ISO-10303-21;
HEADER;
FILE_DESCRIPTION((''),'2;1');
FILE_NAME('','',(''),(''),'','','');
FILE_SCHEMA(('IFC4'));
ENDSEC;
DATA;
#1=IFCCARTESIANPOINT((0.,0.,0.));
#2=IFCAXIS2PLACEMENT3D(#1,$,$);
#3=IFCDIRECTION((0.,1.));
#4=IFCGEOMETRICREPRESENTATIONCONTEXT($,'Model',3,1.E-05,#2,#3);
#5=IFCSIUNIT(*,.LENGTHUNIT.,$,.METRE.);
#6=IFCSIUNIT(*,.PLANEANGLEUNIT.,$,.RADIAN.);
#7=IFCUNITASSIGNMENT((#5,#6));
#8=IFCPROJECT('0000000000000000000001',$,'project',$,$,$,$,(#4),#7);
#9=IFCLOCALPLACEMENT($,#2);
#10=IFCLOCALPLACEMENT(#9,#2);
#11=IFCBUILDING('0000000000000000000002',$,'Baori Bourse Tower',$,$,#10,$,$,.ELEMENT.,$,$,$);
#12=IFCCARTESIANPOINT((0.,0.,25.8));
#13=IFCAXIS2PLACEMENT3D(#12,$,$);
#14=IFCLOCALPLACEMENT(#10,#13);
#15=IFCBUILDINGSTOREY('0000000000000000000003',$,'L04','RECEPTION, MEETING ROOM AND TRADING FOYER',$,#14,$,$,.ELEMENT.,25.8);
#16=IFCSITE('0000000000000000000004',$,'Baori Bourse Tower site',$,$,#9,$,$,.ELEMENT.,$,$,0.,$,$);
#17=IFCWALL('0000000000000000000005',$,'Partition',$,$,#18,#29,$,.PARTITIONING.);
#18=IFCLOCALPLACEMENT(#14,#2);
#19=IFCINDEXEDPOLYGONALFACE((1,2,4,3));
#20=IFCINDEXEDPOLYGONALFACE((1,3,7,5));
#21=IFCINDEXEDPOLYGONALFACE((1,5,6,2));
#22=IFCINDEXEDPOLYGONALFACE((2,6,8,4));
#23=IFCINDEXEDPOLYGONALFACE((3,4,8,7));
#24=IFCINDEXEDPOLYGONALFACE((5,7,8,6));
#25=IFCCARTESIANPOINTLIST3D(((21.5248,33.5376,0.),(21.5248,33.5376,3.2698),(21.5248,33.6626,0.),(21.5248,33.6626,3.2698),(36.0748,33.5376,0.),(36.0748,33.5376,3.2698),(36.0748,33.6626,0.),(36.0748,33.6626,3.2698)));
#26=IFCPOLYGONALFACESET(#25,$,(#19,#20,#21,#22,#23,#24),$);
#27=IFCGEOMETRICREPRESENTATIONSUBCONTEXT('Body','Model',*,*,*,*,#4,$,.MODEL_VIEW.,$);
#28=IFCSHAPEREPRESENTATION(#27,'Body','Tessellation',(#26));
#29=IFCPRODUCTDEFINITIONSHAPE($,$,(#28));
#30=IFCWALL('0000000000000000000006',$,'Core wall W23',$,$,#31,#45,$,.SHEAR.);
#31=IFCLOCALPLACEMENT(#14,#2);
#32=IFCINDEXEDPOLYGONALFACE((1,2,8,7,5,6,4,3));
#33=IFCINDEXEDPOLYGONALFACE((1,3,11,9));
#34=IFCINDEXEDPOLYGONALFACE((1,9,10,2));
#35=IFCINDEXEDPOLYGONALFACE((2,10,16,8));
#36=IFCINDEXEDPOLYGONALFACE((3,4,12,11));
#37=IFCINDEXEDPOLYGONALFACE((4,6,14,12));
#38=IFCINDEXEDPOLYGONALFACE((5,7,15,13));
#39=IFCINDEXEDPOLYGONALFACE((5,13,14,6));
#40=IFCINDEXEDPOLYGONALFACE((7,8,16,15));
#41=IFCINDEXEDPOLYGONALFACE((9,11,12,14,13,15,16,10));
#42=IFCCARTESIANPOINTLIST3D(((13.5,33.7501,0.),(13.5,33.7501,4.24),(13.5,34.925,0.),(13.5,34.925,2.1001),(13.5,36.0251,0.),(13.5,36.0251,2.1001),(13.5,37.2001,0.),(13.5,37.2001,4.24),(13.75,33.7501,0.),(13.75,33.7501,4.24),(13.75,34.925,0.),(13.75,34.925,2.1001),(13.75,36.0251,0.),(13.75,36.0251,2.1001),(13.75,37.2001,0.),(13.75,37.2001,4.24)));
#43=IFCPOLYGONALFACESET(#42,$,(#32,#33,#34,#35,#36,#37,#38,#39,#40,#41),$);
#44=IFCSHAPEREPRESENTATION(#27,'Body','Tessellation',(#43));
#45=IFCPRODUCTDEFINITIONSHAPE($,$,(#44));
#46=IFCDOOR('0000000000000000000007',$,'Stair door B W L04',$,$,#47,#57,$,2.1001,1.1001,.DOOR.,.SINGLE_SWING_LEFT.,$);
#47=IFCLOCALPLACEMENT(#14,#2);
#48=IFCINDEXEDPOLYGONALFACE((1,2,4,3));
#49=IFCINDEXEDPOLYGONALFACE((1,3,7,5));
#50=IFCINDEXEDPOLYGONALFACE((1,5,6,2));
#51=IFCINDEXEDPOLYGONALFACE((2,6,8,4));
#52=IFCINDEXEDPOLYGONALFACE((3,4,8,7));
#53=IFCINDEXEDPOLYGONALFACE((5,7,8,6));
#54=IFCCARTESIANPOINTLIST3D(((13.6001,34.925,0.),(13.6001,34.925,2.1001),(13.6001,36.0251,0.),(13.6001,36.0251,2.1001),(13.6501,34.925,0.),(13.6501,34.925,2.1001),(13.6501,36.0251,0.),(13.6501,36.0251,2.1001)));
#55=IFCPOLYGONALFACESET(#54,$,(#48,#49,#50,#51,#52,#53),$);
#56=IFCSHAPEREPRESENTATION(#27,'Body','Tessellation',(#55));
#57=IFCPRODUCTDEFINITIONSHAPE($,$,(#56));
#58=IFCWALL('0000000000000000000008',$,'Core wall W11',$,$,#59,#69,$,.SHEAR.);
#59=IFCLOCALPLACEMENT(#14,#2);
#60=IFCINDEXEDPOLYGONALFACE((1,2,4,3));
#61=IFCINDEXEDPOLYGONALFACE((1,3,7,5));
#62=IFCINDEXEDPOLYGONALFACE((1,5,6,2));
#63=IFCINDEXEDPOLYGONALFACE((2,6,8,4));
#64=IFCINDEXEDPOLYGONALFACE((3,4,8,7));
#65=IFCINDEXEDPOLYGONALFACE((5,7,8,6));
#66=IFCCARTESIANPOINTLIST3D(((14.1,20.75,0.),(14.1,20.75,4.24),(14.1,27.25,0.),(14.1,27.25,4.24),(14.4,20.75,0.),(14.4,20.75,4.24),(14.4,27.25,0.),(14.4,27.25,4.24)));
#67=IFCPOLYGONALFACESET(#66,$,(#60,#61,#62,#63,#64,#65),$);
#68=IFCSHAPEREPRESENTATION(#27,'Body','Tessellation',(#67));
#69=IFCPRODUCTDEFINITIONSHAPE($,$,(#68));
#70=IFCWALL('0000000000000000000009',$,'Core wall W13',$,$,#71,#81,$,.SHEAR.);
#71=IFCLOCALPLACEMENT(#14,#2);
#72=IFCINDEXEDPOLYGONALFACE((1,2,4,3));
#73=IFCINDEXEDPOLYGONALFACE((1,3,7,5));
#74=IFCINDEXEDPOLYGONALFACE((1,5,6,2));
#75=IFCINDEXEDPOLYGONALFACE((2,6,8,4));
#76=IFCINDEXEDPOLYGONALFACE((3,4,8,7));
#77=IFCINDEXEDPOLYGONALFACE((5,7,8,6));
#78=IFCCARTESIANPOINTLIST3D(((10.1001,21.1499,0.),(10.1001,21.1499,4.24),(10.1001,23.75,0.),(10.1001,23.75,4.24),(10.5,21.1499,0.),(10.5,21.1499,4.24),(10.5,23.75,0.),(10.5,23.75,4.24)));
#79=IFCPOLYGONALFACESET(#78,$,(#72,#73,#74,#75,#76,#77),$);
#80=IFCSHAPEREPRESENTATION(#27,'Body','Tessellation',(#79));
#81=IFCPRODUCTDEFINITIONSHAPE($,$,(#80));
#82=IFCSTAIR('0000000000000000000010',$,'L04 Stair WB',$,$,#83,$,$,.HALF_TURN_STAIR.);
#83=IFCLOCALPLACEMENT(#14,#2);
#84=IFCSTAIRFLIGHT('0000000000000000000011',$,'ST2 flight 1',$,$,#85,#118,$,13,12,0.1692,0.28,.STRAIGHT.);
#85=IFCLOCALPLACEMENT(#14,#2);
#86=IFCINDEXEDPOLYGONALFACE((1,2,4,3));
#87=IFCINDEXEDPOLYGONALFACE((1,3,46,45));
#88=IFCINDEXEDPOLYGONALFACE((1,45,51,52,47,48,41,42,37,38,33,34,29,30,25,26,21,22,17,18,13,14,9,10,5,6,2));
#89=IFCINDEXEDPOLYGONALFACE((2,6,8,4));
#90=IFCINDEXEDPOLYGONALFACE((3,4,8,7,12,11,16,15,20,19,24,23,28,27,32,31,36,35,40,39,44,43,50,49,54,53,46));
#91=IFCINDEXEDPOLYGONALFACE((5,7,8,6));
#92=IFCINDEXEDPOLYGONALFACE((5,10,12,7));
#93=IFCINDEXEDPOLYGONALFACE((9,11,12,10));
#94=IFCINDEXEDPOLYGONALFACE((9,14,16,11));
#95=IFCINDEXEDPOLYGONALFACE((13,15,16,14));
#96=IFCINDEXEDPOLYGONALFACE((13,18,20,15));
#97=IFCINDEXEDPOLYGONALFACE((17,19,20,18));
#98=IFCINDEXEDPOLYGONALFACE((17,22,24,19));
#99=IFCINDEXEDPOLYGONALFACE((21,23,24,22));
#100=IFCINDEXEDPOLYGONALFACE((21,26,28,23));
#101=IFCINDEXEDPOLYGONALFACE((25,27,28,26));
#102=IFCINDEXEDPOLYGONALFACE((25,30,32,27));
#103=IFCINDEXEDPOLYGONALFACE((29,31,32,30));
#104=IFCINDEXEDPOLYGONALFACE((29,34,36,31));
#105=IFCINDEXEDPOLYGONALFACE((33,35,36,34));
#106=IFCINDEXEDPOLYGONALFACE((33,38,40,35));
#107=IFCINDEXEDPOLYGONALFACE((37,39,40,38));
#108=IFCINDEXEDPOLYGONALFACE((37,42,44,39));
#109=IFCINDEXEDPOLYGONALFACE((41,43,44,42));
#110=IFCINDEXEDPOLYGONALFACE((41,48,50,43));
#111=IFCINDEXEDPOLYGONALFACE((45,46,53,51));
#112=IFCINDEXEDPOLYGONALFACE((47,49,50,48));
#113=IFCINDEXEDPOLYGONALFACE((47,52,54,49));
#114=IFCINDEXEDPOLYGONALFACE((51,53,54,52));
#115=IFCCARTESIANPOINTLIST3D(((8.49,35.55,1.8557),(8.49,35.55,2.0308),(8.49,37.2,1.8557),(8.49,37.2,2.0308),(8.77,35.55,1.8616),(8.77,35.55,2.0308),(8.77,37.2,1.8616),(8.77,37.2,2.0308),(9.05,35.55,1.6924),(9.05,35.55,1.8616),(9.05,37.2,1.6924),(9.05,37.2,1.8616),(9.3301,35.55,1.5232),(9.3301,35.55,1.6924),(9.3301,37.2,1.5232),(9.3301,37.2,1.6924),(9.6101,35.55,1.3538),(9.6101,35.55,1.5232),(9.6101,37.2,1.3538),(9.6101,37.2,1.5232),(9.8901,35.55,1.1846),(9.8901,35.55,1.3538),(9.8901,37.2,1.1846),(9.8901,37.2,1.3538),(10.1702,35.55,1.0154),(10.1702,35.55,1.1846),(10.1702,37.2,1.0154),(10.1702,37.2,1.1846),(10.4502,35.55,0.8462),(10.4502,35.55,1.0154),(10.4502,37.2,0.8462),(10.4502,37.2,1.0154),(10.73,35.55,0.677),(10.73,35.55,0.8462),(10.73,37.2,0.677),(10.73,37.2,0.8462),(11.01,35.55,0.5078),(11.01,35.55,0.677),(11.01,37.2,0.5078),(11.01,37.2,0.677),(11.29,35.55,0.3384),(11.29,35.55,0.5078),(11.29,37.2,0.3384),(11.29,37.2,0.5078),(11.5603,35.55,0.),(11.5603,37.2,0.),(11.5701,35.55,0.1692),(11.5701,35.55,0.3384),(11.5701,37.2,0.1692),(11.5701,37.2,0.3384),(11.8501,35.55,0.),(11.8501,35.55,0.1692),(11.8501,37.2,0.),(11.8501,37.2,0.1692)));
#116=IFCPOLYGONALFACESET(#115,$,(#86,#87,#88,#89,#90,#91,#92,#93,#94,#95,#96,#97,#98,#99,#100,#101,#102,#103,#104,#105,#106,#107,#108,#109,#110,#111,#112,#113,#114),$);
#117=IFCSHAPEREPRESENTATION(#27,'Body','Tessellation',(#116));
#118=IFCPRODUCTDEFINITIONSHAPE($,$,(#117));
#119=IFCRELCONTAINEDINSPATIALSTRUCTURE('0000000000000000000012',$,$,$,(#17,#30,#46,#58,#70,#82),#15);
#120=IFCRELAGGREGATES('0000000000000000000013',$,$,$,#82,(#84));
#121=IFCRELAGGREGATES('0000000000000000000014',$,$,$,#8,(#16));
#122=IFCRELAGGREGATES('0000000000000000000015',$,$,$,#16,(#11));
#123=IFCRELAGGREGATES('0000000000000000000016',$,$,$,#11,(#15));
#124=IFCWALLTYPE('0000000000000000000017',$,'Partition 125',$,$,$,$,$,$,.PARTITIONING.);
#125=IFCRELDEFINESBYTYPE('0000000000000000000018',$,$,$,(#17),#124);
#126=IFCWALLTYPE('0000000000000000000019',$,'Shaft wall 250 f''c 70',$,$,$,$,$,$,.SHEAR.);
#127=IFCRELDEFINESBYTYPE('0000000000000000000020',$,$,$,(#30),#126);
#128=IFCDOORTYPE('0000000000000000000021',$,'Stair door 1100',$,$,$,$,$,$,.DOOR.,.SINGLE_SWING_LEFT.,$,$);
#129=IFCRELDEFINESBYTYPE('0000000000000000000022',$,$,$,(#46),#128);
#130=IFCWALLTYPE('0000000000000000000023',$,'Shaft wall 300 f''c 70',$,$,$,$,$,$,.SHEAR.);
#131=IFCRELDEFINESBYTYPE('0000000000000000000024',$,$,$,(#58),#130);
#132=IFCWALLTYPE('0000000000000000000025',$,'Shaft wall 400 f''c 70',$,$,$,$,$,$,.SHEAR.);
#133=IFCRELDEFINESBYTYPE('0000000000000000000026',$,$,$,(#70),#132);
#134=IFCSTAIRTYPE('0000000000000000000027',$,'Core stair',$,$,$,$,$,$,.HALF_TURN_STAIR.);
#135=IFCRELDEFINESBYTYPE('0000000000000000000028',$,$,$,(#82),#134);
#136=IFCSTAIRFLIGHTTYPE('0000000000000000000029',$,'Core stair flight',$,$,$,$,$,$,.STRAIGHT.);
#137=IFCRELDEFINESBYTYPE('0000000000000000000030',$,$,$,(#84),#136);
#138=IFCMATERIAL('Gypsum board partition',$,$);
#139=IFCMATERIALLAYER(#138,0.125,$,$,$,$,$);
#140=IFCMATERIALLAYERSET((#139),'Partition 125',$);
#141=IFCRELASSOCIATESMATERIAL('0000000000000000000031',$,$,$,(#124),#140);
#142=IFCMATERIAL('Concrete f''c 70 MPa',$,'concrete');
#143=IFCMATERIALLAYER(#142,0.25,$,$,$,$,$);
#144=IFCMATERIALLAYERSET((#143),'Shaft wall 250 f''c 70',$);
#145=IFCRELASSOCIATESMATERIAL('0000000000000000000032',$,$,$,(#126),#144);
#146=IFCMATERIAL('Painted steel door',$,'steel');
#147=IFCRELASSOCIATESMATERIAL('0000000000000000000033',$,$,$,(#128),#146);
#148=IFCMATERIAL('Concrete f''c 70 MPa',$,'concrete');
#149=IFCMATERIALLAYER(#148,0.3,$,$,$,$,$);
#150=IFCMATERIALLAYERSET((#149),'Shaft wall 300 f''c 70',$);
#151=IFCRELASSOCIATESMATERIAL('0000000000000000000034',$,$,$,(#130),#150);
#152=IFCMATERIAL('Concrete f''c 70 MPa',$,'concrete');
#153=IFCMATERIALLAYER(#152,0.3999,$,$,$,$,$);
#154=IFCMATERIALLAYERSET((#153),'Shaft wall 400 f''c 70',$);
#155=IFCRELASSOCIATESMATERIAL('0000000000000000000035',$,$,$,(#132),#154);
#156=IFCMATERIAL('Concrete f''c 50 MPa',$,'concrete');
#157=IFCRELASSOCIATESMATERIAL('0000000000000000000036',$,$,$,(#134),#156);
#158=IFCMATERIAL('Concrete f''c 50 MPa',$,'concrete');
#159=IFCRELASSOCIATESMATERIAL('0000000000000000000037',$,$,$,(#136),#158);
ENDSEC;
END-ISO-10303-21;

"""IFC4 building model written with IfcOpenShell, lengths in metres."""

from ifc_helpers import new_model, si_unit, direction, frame, frame_2d, origin, place, context, subcontext, project, spatial, polyline, rectangle, outline, extrude, material, layer, layer_set, type_object, element, fill, aggregate, save


model = new_model("IFC4")

# Units and contexts
model_context = context("Model", 3, precision=1e-05, world=origin(), true_north=direction((0.0, 1.0)))
body_context = subcontext(model_context, "Body", "Model", "MODEL_VIEW")
ifc_project = project(units=[si_unit("LENGTHUNIT", "METRE"), si_unit("PLANEANGLEUNIT", "RADIAN")], contexts=[model_context])

# Site, building, storey
site_placement = place(None, origin())
site = spatial("IfcSite", under=ifc_project, at=site_placement, Name="Baori Bourse Tower site", CompositionType="ELEMENT", RefElevation=0.0)
building_placement = place(site_placement, origin())
building = spatial("IfcBuilding", under=site, at=building_placement, Name="Baori Bourse Tower", CompositionType="ELEMENT")
storey_placement = place(building_placement, frame((0.0, 0.0, 25.8)))
storey = spatial("IfcBuildingStorey", under=building, at=storey_placement, Name="L04", Description="RECEPTION, MEETING ROOM AND TRADING FOYER", CompositionType="ELEMENT", Elevation=25.8)

# Wall
ifc_material_1 = material(Name="Gypsum board partition")
ifc_layer_1 = layer(ifc_material_1, 0.125)
ifc_layer_set_1 = layer_set([ifc_layer_1], Name="Partition 125")
wall_type_1 = type_object("IfcWallType", Name="Partition 125", PredefinedType="PARTITIONING", material=ifc_layer_set_1)
for number, where, z_axis, x_axis, name in (
    (1, (21.5249, 33.6001, 0.0), (0.0, 0.0, 1.0), (1.0, 0.0, 0.0), "Partition"),
):
    element("IfcWall", number, at=place(storey_placement, frame(where, z_axis=z_axis, x_axis=x_axis)), inside=storey, type_object=wall_type_1, Name=name, PredefinedType="PARTITIONING", context=body_context, shape_type="SweptSolid", body=[
        extrude(rectangle(XDim=14.55, YDim=0.125, at=frame_2d((7.2749, 0.0))), origin(), (0.0, 0.0, 1.0), 3.2698),
    ])

# Wall, opening, door
ifc_material_2 = material(Name="Concrete f'c 70 MPa", Category="concrete")
ifc_layer_2 = layer(ifc_material_2, 0.25)
ifc_layer_set_2 = layer_set([ifc_layer_2], Name="Shaft wall 250 f'c 70")
wall_type_2 = type_object("IfcWallType", Name="Shaft wall 250 f'c 70", PredefinedType="SHEAR", material=ifc_layer_set_2)
wall_1_placement = place(storey_placement, frame((13.625, 33.75, 0.0), z_axis=(0.0, 0.0, 1.0), x_axis=(0.0, 1.0, 0.0)))
wall_1 = element("IfcWall", 2, at=wall_1_placement, inside=storey, type_object=wall_type_2, Name="Core wall W23", PredefinedType="SHEAR", context=body_context, shape_type="SweptSolid", body=[
    extrude(rectangle(XDim=3.45, YDim=0.25, at=frame_2d((1.7251, 0.0))), origin(), (0.0, 0.0, 1.0), 4.24),
])
opening_1_placement = place(wall_1_placement, frame((1.175, 0.0, 0.0)))
opening_1 = element("IfcOpeningElement", 3, at=opening_1_placement, cuts=wall_1, PredefinedType="OPENING", context=body_context, shape_type="SweptSolid", body=[
    extrude(rectangle(XDim=1.1001, YDim=2.1001, at=frame_2d((0.55, 1.05))), frame((0.0, 0.135, 0.0), z_axis=(0.0, -1.0, 0.0), x_axis=(1.0, 0.0, 0.0)), (0.0, 0.0, 1.0), 0.27),
])
ifc_material_3 = material(Name="Painted steel door", Category="steel")
door_type_1 = type_object("IfcDoorType", Name="Stair door 1100", OperationType="SINGLE_SWING_LEFT", PredefinedType="DOOR", material=ifc_material_3)
door_1_placement = place(opening_1_placement, origin())
door_1 = element("IfcDoor", 4, at=door_1_placement, inside=storey, type_object=door_type_1, Name="Stair door B W L04", OperationType="SINGLE_SWING_LEFT", OverallHeight=2.1001, OverallWidth=1.1001, PredefinedType="DOOR", context=body_context, shape_type="SweptSolid", body=[
    extrude(rectangle(XDim=1.1001, YDim=2.1001, at=frame_2d((0.55, 1.05))), frame((0.0, 0.0249, 0.0), z_axis=(0.0, -1.0, 0.0), x_axis=(1.0, 0.0, 0.0)), (0.0, 0.0, 1.0), 0.05),
])
fill(opening_1, door_1)

# Walls
ifc_material_4 = material(Name="Concrete f'c 70 MPa", Category="concrete")
ifc_layer_3 = layer(ifc_material_4, 0.3)
ifc_layer_set_3 = layer_set([ifc_layer_3], Name="Shaft wall 300 f'c 70")
wall_type_3 = type_object("IfcWallType", Name="Shaft wall 300 f'c 70", PredefinedType="SHEAR", material=ifc_layer_set_3)
wall_2_placement = place(storey_placement, frame((14.25, 20.75, 0.0), z_axis=(0.0, 0.0, 1.0), x_axis=(0.0, 1.0, 0.0)))
element("IfcWall", 5, at=wall_2_placement, inside=storey, type_object=wall_type_3, Name="Core wall W11", PredefinedType="SHEAR", context=body_context, shape_type="SweptSolid", body=[
    extrude(rectangle(XDim=6.5, YDim=0.3, at=frame_2d((3.25, 0.0))), origin(), (0.0, 0.0, 1.0), 4.24),
])
ifc_material_5 = material(Name="Concrete f'c 70 MPa", Category="concrete")
ifc_layer_4 = layer(ifc_material_5, 0.3999)
ifc_layer_set_4 = layer_set([ifc_layer_4], Name="Shaft wall 400 f'c 70")
wall_type_4 = type_object("IfcWallType", Name="Shaft wall 400 f'c 70", PredefinedType="SHEAR", material=ifc_layer_set_4)
wall_3_placement = place(storey_placement, frame((10.3, 21.1499, 0.0), z_axis=(0.0, 0.0, 1.0), x_axis=(0.0, 1.0, 0.0)))
element("IfcWall", 6, at=wall_3_placement, inside=storey, type_object=wall_type_4, Name="Core wall W13", PredefinedType="SHEAR", context=body_context, shape_type="SweptSolid", body=[
    extrude(rectangle(XDim=2.6001, YDim=0.3999, at=frame_2d((1.3, 0.0))), origin(), (0.0, 0.0, 1.0), 4.24),
])

# Stair, stair flight
ifc_material_6 = material(Name="Concrete f'c 50 MPa", Category="concrete")
stair_type = type_object("IfcStairType", Name="Core stair", PredefinedType="HALF_TURN_STAIR", material=ifc_material_6)
stair_placement = place(storey_placement, origin())
stair = element("IfcStair", 7, at=stair_placement, inside=storey, type_object=stair_type, Name="L04 Stair WB", PredefinedType="HALF_TURN_STAIR")
ifc_material_7 = material(Name="Concrete f'c 50 MPa", Category="concrete")
stair_flight_type = type_object("IfcStairFlightType", Name="Core stair flight", PredefinedType="STRAIGHT", material=ifc_material_7)
stair_flight_placement = place(storey_placement, frame((11.8501, 36.375, 0.0), z_axis=(0.0, 0.0, 1.0), x_axis=(-1.0, 0.0, 0.0)))
stair_flight = element("IfcStairFlight", 8, at=stair_flight_placement, type_object=stair_flight_type, Name="ST2 flight 1", NumberOfRisers=13, NumberOfTreads=12, PredefinedType="STRAIGHT", RiserHeight=0.1692, TreadLength=0.28, context=body_context, shape_type="SweptSolid", body=[
    extrude(outline(polyline([(0.0, 0.0), (0.0, 0.1692), (0.28, 0.1692), (0.28, 0.3384), (0.5601, 0.3384), (0.5601, 0.5078), (0.8401, 0.5078), (0.8401, 0.677), (1.1201, 0.677), (1.1201, 0.8462), (1.3999, 0.8462), (1.3999, 1.0154), (1.6799, 1.0154), (1.6799, 1.1846), (1.96, 1.1846), (1.96, 1.3538), (2.24, 1.3538), (2.24, 1.5232), (2.52, 1.5232), (2.52, 1.6924), (2.8, 1.6924), (2.8, 1.8616), (3.0801, 1.8616), (3.0801, 2.0308), (3.3601, 2.0308), (3.3601, 2.2), (3.3601, 1.8557), (0.2898, 0.0), (0.0, 0.0)])), frame((0.0, 0.825, 0.0), z_axis=(0.0, -1.0, 0.0), x_axis=(1.0, 0.0, 0.0)), (0.0, 0.0, 1.0), 1.6499),
])
aggregate(stair, [stair_flight])

save(model, "model.ifc")
